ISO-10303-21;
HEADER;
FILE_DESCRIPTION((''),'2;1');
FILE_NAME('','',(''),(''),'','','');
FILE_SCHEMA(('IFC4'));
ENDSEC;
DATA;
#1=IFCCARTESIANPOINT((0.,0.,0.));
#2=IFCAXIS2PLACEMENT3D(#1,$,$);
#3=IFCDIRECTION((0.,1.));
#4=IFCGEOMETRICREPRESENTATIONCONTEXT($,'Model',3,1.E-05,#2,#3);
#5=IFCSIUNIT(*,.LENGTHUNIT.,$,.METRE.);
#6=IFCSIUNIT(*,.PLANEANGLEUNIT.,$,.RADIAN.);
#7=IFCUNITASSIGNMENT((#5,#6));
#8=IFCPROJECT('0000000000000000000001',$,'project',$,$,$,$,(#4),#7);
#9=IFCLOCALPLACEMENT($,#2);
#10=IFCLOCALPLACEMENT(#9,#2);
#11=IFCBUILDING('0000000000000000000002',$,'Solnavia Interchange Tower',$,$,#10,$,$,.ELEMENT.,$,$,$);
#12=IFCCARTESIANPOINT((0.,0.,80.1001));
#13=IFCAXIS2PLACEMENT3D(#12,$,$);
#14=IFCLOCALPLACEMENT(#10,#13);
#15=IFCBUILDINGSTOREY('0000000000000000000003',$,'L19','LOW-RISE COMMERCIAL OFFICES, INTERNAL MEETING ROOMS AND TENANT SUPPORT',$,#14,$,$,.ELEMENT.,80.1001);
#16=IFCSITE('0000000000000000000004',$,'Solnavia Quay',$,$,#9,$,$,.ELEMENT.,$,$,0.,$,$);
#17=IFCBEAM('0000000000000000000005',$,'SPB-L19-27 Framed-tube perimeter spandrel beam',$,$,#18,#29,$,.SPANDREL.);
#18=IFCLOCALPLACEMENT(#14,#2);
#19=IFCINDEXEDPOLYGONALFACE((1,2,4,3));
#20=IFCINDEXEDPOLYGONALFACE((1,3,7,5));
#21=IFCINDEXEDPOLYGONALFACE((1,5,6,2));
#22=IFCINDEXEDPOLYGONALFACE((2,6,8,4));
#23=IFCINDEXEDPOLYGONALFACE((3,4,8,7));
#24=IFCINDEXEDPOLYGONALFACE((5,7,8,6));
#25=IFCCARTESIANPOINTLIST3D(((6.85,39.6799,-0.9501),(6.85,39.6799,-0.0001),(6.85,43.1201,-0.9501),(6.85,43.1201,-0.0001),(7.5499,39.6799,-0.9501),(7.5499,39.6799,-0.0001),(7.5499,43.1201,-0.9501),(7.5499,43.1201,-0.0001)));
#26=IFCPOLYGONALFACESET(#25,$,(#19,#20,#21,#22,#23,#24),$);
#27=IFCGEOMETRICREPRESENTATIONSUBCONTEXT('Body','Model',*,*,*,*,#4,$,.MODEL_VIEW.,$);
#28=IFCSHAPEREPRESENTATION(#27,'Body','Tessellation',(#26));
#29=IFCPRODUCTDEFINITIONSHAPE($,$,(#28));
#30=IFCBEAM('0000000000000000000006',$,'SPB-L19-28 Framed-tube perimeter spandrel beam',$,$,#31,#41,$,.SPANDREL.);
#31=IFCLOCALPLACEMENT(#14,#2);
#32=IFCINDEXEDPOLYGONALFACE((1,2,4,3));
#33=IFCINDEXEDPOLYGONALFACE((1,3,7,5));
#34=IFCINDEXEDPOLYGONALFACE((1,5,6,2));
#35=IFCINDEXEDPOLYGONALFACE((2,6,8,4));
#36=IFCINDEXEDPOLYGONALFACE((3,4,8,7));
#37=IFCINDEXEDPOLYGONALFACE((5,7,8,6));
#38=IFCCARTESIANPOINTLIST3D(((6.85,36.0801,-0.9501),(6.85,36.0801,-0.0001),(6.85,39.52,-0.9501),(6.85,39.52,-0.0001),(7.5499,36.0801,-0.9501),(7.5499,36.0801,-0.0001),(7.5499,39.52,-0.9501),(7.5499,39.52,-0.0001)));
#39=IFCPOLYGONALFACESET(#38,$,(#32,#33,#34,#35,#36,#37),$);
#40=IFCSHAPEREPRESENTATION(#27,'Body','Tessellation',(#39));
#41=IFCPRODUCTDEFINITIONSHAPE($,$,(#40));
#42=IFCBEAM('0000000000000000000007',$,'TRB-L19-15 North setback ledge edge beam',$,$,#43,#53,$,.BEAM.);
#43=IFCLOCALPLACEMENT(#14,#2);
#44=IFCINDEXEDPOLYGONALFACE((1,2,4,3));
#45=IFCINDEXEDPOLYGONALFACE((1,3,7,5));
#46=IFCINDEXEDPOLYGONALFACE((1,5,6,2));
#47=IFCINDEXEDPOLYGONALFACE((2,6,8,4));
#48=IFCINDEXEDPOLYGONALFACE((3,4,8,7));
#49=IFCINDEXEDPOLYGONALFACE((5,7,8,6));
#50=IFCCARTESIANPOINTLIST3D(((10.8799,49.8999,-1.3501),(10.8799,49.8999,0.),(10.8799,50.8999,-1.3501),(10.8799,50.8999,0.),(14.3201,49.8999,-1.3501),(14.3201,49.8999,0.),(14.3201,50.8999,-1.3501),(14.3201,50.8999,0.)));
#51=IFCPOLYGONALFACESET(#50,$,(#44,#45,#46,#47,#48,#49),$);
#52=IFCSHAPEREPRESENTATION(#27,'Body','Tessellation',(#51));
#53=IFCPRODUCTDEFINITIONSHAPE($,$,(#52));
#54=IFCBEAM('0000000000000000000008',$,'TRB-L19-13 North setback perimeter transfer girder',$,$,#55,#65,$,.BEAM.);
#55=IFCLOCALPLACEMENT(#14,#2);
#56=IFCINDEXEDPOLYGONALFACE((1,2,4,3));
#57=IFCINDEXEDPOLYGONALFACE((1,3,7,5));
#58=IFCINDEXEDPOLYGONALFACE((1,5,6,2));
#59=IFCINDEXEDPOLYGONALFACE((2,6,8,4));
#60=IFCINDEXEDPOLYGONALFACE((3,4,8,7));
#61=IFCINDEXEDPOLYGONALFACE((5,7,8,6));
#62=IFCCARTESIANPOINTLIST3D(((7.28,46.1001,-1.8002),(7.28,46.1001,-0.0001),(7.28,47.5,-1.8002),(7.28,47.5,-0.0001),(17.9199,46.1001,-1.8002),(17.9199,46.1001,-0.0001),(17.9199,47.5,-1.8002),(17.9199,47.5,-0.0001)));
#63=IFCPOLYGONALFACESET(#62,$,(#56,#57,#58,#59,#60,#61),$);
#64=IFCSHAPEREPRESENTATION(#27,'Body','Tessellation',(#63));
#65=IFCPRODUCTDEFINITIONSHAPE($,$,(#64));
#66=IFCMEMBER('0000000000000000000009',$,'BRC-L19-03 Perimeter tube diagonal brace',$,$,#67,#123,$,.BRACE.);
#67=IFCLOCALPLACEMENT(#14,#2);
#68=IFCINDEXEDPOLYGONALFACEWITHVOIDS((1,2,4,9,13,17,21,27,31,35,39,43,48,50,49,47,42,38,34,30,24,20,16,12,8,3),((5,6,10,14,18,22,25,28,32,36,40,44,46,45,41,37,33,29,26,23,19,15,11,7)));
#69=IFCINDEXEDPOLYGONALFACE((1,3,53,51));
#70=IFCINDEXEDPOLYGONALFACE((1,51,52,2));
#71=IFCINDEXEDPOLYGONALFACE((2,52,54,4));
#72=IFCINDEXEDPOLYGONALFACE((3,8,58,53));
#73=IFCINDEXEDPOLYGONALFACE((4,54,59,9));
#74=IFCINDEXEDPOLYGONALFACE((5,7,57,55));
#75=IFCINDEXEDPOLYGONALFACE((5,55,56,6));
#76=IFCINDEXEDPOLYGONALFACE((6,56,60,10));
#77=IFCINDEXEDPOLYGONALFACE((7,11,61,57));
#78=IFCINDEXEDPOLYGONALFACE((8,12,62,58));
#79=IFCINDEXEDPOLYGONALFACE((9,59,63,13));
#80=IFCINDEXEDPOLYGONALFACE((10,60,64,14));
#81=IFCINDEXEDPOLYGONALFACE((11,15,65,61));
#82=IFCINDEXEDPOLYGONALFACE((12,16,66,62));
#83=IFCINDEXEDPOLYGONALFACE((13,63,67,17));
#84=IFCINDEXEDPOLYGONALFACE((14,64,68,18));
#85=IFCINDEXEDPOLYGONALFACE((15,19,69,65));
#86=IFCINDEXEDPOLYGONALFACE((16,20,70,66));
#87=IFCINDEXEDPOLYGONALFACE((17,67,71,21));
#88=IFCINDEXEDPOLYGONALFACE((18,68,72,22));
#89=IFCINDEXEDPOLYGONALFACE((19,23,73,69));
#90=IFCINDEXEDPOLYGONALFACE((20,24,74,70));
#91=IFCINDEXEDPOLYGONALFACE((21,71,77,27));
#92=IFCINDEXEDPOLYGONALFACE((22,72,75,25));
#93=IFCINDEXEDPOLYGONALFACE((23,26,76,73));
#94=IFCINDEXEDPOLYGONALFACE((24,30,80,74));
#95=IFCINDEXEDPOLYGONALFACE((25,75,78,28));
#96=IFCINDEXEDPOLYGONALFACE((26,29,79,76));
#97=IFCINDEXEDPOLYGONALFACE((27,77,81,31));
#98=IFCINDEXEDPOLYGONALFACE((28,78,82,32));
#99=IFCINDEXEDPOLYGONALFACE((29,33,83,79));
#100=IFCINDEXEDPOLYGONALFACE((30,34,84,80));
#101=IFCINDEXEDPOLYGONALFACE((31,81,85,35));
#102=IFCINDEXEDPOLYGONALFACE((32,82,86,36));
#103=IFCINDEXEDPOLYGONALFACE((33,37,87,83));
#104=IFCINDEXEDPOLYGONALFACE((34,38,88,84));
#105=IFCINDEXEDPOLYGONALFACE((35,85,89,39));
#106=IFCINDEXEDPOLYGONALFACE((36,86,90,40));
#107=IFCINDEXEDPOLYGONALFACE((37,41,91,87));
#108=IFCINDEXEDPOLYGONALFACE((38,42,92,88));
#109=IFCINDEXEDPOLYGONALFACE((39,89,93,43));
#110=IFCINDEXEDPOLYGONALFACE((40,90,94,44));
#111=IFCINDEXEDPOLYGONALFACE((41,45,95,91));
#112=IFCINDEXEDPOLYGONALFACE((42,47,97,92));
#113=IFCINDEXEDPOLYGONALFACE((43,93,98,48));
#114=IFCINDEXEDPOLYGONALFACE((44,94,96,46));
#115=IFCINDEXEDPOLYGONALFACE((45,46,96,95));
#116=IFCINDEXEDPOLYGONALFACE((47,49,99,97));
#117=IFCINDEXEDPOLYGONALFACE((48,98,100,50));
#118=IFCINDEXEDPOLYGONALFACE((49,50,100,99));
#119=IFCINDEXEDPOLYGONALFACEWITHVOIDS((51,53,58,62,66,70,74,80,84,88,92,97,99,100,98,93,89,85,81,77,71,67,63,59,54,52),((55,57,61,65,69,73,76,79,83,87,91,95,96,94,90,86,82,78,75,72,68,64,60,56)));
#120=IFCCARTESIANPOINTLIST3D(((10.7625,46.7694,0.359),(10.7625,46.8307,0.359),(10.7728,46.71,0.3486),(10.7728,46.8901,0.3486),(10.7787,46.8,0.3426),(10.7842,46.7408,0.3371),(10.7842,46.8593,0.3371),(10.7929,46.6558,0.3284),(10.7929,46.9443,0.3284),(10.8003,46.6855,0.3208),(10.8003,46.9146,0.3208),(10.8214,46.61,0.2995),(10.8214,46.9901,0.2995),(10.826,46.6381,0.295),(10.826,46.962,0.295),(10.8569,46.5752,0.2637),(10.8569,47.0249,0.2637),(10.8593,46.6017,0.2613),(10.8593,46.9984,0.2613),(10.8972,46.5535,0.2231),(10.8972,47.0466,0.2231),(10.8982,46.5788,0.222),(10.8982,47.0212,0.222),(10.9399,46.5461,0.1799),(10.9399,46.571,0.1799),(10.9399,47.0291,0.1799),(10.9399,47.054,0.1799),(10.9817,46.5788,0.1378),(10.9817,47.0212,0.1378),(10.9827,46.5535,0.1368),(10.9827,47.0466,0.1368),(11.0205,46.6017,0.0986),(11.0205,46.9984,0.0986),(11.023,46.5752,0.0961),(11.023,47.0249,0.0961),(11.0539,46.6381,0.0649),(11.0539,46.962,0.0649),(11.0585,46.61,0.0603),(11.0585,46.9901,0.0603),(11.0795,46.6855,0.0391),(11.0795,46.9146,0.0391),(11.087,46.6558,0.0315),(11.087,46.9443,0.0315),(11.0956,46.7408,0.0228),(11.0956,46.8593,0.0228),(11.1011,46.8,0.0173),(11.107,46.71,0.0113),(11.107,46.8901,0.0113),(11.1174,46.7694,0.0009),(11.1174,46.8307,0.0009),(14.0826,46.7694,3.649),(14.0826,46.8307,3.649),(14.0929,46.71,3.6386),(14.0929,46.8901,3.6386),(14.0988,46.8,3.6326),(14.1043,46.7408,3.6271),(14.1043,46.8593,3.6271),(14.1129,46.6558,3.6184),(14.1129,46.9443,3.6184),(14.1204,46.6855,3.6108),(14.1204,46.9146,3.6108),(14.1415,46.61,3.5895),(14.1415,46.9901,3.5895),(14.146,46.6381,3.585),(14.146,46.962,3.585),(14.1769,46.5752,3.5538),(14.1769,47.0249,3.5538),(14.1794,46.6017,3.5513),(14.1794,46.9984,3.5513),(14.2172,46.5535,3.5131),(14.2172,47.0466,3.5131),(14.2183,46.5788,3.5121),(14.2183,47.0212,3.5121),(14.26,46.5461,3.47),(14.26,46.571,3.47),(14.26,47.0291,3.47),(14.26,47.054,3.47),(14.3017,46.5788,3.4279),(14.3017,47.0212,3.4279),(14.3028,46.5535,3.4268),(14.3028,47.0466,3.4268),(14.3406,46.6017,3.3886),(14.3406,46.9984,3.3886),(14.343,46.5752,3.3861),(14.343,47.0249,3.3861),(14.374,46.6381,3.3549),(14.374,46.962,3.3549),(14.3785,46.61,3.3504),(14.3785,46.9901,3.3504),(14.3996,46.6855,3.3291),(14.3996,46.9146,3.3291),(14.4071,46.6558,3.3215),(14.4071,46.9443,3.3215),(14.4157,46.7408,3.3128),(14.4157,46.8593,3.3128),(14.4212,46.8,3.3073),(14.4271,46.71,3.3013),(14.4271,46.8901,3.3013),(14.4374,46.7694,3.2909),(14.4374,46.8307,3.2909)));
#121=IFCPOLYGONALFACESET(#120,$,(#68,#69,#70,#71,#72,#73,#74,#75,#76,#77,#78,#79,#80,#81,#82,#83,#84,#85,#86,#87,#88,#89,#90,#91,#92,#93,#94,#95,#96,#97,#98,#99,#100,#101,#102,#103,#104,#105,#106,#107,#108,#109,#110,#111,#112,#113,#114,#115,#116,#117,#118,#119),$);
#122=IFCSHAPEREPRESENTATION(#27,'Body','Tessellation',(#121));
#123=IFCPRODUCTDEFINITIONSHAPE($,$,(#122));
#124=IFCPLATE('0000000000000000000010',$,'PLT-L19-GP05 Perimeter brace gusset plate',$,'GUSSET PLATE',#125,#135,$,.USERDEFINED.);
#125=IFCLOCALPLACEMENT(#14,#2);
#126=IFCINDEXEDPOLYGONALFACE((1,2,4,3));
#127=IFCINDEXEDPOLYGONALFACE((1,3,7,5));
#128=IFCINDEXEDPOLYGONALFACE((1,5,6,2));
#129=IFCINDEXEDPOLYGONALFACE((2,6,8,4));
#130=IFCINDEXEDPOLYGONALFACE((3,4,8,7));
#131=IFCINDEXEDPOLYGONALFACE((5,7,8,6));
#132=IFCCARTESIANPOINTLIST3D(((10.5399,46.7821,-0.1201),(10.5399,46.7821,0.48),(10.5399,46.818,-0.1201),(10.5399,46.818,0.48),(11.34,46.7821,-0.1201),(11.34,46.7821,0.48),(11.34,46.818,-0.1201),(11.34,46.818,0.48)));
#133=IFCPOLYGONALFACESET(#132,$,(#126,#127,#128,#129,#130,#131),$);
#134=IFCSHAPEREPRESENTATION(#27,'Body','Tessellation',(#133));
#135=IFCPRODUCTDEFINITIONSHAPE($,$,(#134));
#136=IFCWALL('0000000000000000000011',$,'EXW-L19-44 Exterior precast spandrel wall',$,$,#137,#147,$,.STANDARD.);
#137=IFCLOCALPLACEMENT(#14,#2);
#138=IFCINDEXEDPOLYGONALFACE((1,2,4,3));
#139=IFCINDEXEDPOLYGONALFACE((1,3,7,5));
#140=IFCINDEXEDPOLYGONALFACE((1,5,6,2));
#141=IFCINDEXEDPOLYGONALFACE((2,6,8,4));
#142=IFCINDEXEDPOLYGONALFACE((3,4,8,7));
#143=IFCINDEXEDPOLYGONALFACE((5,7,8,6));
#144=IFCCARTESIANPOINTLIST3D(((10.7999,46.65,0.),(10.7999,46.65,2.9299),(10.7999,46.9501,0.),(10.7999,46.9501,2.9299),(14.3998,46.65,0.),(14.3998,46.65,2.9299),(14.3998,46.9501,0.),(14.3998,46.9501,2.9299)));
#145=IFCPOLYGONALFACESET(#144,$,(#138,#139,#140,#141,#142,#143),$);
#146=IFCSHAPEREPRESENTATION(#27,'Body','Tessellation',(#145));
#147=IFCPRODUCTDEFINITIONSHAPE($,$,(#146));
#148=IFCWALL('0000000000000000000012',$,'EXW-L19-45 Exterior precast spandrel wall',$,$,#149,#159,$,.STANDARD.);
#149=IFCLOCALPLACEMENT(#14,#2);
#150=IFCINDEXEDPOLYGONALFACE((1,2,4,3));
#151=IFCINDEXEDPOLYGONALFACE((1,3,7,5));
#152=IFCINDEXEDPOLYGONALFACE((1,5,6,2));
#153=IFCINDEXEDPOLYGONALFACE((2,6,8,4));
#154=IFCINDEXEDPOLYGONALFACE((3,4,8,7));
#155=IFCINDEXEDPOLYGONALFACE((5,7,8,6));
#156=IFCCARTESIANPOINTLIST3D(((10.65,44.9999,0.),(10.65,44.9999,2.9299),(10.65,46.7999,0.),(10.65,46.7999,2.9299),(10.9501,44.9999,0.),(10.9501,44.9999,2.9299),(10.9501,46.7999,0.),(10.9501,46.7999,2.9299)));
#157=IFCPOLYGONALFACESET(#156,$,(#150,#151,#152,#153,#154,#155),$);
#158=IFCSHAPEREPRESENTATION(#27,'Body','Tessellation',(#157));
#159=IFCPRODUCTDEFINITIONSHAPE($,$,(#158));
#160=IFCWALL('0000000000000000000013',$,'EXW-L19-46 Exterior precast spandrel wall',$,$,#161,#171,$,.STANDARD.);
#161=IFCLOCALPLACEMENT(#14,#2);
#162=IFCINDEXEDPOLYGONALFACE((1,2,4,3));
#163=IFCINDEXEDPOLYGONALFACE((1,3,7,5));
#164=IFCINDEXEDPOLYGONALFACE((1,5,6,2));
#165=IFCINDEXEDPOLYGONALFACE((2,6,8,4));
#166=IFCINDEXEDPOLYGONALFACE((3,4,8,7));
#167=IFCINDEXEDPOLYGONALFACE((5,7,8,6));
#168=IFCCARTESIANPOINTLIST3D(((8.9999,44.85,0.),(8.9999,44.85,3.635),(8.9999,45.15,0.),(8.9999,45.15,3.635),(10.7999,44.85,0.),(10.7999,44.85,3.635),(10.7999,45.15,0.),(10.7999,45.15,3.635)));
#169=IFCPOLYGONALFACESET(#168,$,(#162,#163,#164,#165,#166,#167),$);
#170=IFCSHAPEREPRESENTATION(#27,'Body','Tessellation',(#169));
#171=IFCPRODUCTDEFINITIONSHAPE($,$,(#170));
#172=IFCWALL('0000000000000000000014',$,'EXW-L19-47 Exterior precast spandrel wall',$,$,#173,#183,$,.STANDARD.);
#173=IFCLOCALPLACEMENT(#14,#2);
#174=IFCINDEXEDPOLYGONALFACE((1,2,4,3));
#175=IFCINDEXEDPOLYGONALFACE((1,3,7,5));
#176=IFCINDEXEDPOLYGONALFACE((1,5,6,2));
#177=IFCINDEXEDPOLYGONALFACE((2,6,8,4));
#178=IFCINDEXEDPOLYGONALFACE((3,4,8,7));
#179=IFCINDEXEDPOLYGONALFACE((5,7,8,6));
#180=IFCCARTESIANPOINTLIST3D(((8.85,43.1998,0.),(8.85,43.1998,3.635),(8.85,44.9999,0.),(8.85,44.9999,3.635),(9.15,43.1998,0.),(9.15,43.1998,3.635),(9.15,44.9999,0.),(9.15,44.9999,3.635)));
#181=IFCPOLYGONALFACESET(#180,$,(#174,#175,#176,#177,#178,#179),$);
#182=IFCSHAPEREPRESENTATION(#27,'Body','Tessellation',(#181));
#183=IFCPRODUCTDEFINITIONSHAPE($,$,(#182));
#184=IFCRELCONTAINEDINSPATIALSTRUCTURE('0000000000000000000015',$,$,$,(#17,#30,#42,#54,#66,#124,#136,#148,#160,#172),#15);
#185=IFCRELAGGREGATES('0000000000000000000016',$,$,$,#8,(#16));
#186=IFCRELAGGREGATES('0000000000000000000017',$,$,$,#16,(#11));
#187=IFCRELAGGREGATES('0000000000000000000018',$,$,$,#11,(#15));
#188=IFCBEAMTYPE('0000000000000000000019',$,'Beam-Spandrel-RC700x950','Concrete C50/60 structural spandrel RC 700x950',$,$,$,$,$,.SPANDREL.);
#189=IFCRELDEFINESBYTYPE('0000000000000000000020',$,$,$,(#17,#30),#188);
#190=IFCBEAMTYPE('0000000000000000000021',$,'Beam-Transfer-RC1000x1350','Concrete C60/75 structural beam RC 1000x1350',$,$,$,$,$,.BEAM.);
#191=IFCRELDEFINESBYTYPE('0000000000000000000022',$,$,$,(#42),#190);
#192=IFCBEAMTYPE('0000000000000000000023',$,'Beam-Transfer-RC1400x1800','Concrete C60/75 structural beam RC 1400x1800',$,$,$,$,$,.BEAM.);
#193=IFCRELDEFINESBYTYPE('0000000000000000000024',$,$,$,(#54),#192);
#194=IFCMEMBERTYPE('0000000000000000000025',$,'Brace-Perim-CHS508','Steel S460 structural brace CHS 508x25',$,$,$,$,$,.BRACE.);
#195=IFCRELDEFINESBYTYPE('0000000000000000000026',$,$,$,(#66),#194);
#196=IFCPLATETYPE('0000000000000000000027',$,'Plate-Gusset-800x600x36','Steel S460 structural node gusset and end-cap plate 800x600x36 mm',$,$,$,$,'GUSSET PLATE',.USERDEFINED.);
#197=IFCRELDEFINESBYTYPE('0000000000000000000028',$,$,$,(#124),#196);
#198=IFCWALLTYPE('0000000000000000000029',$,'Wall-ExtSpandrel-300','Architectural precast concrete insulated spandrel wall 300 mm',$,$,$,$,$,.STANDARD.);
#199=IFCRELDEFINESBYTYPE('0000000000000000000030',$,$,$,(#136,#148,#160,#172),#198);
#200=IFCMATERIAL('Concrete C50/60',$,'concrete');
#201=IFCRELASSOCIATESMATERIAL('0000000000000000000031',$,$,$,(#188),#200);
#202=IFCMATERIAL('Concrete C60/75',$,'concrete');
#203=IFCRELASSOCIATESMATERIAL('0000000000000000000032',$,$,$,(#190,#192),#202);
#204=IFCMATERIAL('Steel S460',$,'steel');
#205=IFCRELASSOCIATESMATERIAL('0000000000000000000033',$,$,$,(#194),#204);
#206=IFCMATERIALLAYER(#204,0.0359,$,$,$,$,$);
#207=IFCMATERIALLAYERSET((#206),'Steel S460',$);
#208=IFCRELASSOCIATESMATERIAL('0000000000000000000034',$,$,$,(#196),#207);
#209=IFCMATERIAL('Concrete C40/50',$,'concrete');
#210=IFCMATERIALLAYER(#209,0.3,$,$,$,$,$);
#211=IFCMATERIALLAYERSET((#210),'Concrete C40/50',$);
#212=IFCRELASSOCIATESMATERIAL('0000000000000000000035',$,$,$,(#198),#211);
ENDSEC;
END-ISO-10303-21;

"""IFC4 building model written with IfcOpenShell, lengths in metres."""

from ifc_helpers import new_model, si_unit, direction, frame, frame_2d, origin, origin_2d, place, context, subcontext, project, spatial, rectangle, hollow_circle, extrude, material, layer, layer_set, material_profile, profile_set, type_object, element, save


model = new_model("IFC4")

# Units and contexts
model_context = context("Model", 3, precision=1e-05, world=origin(), true_north=direction((0.0, 1.0)))
body_context = subcontext(model_context, "Body", "Model", "MODEL_VIEW")
ifc_project = project(units=[si_unit("LENGTHUNIT", "METRE"), si_unit("PLANEANGLEUNIT", "RADIAN")], contexts=[model_context])

# Site, building, storey
site_placement = place(None, origin())
site = spatial("IfcSite", under=ifc_project, at=site_placement, Name="Solnavia Quay", CompositionType="ELEMENT", RefElevation=0.0)
building_placement = place(site_placement, origin())
building = spatial("IfcBuilding", under=site, at=building_placement, Name="Solnavia Interchange Tower", CompositionType="ELEMENT")
storey_placement = place(building_placement, frame((0.0, 0.0, 80.1001)))
storey = spatial("IfcBuildingStorey", under=building, at=storey_placement, Name="L19", Description="LOW-RISE COMMERCIAL OFFICES, INTERNAL MEETING ROOMS AND TENANT SUPPORT", CompositionType="ELEMENT", Elevation=80.1001)

# Shared definitions
ifc_material_1 = material(Name="Concrete C50/60", Category="concrete")

# Beams
ifc_material_profile_1 = material_profile(ifc_material_1, rectangle(XDim=0.7, YDim=0.95, at=origin_2d()), Name="RC 700x950")
ifc_profile_set_1 = profile_set([ifc_material_profile_1], Name="Concrete C50/60")
beam_type_1 = type_object("IfcBeamType", Name="Beam-Spandrel-RC700x950", Description="Concrete C50/60 structural spandrel RC 700x950", PredefinedType="SPANDREL", material=ifc_profile_set_1)
beam_1_placement = place(storey_placement, frame((7.2, 43.1201, -0.4751), z_axis=(0.0, -1.0, 0.0), x_axis=(1.0, 0.0, 0.0)))
element("IfcBeam", 1, at=beam_1_placement, inside=storey, type_object=beam_type_1, Name="SPB-L19-27 Framed-tube perimeter spandrel beam", PredefinedType="SPANDREL", context=body_context, shape_type="SweptSolid", body=[
    extrude(rectangle(XDim=0.7, YDim=0.95, at=origin_2d()), origin(), (0.0, 0.0, 1.0), 3.4402),
])
beam_2_placement = place(storey_placement, frame((7.2, 39.52, -0.4751), z_axis=(0.0, -1.0, 0.0), x_axis=(1.0, 0.0, 0.0)))
element("IfcBeam", 2, at=beam_2_placement, inside=storey, type_object=beam_type_1, Name="SPB-L19-28 Framed-tube perimeter spandrel beam", PredefinedType="SPANDREL", context=body_context, shape_type="SweptSolid", body=[
    extrude(rectangle(XDim=0.7, YDim=0.95, at=origin_2d()), origin(), (0.0, 0.0, 1.0), 3.4399),
])
ifc_material_2 = material(Name="Concrete C60/75", Category="concrete")
ifc_material_profile_2 = material_profile(ifc_material_2, rectangle(XDim=1.0, YDim=1.3501, at=origin_2d()), Name="RC 1000x1350")
ifc_profile_set_2 = profile_set([ifc_material_profile_2], Name="Concrete C60/75")
beam_type_2 = type_object("IfcBeamType", Name="Beam-Transfer-RC1000x1350", Description="Concrete C60/75 structural beam RC 1000x1350", PredefinedType="BEAM", material=ifc_profile_set_2)
beam_3_placement = place(storey_placement, frame((10.8799, 50.3999, -0.675), z_axis=(1.0, 0.0, 0.0), x_axis=(0.0, 1.0, 0.0)))
element("IfcBeam", 3, at=beam_3_placement, inside=storey, type_object=beam_type_2, Name="TRB-L19-15 North setback ledge edge beam", PredefinedType="BEAM", context=body_context, shape_type="SweptSolid", body=[
    extrude(rectangle(XDim=1.0, YDim=1.3501, at=origin_2d()), origin(), (0.0, 0.0, 1.0), 3.4402),
])
ifc_material_profile_3 = material_profile(ifc_material_2, rectangle(XDim=1.3999, YDim=1.8, at=origin_2d()), Name="RC 1400x1800")
ifc_profile_set_3 = profile_set([ifc_material_profile_3], Name="Concrete C60/75")
beam_type_3 = type_object("IfcBeamType", Name="Beam-Transfer-RC1400x1800", Description="Concrete C60/75 structural beam RC 1400x1800", PredefinedType="BEAM", material=ifc_profile_set_3)
beam_4_placement = place(storey_placement, frame((7.28, 46.8, -0.9001), z_axis=(1.0, 0.0, 0.0), x_axis=(0.0, 1.0, 0.0)))
element("IfcBeam", 4, at=beam_4_placement, inside=storey, type_object=beam_type_3, Name="TRB-L19-13 North setback perimeter transfer girder", PredefinedType="BEAM", context=body_context, shape_type="SweptSolid", body=[
    extrude(rectangle(XDim=1.3999, YDim=1.8, at=origin_2d()), origin(), (0.0, 0.0, 1.0), 10.6399),
])

# Member
ifc_material_3 = material(Name="Steel S460", Category="steel")
ifc_material_profile_4 = material_profile(ifc_material_3, hollow_circle(Radius=0.2539, WallThickness=0.0249, at=origin_2d()), Name="CHS 508x25")
ifc_profile_set_4 = profile_set([ifc_material_profile_4], Name="Steel S460")
member_type = type_object("IfcMemberType", Name="Brace-Perim-CHS508", Description="Steel S460 structural brace CHS 508x25", PredefinedType="BRACE", material=ifc_profile_set_4)
member_placement = place(storey_placement, frame((10.9399, 46.8, 0.1799), z_axis=(0.710312, 0.0, 0.703887), x_axis=(0.0, 1.0, 0.0)))
element("IfcMember", 5, at=member_placement, inside=storey, type_object=member_type, Name="BRC-L19-03 Perimeter tube diagonal brace", PredefinedType="BRACE", context=body_context, shape_type="SweptSolid", body=[
    extrude(hollow_circle(Radius=0.2539, WallThickness=0.0249, at=origin_2d()), origin(), (0.0, 0.0, 1.0), 4.6741),
])

# Plate
ifc_layer_1 = layer(ifc_material_3, 0.0359)
ifc_layer_set_1 = layer_set([ifc_layer_1], Name="Steel S460")
plate_type = type_object("IfcPlateType", Name="Plate-Gusset-800x600x36", Description="Steel S460 structural node gusset and end-cap plate 800x600x36 mm", ElementType="GUSSET PLATE", PredefinedType="USERDEFINED", material=ifc_layer_set_1)
plate_placement = place(storey_placement, frame((10.9399, 46.8, -0.1201), z_axis=(0.0, 0.0, 1.0), x_axis=(1.0, 0.0, 0.0)))
element("IfcPlate", 6, at=plate_placement, inside=storey, type_object=plate_type, Name="PLT-L19-GP05 Perimeter brace gusset plate", ObjectType="GUSSET PLATE", PredefinedType="USERDEFINED", context=body_context, shape_type="SweptSolid", body=[
    extrude(rectangle(XDim=0.8, YDim=0.0359, at=origin_2d()), origin(), (0.0, 0.0, 1.0), 0.6001),
])

# Walls
ifc_material_4 = material(Name="Concrete C40/50", Category="concrete")
ifc_layer_2 = layer(ifc_material_4, 0.3)
ifc_layer_set_2 = layer_set([ifc_layer_2], Name="Concrete C40/50")
wall_type_1 = type_object("IfcWallType", Name="Wall-ExtSpandrel-300", Description="Architectural precast concrete insulated spandrel wall 300 mm", PredefinedType="STANDARD", material=ifc_layer_set_2)
wall_1_placement = place(storey_placement, frame((10.8, 46.8, 0.0), z_axis=(0.0, 0.0, 1.0), x_axis=(1.0, 0.0, 0.0)))
element("IfcWall", 7, at=wall_1_placement, inside=storey, type_object=wall_type_1, Name="EXW-L19-44 Exterior precast spandrel wall", PredefinedType="STANDARD", context=body_context, shape_type="SweptSolid", body=[
    extrude(rectangle(XDim=3.5999, YDim=0.3, at=frame_2d((1.7998, 0.0))), origin(), (0.0, 0.0, 1.0), 2.9299),
])
wall_2_placement = place(storey_placement, frame((10.8, 45.0, 0.0), z_axis=(0.0, 0.0, 1.0), x_axis=(0.0, 1.0, 0.0)))
element("IfcWall", 8, at=wall_2_placement, inside=storey, type_object=wall_type_1, Name="EXW-L19-45 Exterior precast spandrel wall", PredefinedType="STANDARD", context=body_context, shape_type="SweptSolid", body=[
    extrude(rectangle(XDim=1.8, YDim=0.3, at=frame_2d((0.8999, 0.0))), origin(), (0.0, 0.0, 1.0), 2.9299),
])
for number, where, z_axis, x_axis, name in (
    (9, (9.0, 45.0, 0.0), (0.0, 0.0, 1.0), (1.0, 0.0, 0.0), "EXW-L19-46 Exterior precast spandrel wall"),
    (10, (9.0, 43.2, 0.0), (0.0, 0.0, 1.0), (0.0, 1.0, 0.0), "EXW-L19-47 Exterior precast spandrel wall"),
):
    element("IfcWall", number, at=place(storey_placement, frame(where, z_axis=z_axis, x_axis=x_axis)), inside=storey, type_object=wall_type_1, Name=name, PredefinedType="STANDARD", context=body_context, shape_type="SweptSolid", body=[
        extrude(rectangle(XDim=1.8, YDim=0.3, at=frame_2d((0.8999, 0.0))), origin(), (0.0, 0.0, 1.0), 3.635),
    ])

save(model, "model.ifc")
